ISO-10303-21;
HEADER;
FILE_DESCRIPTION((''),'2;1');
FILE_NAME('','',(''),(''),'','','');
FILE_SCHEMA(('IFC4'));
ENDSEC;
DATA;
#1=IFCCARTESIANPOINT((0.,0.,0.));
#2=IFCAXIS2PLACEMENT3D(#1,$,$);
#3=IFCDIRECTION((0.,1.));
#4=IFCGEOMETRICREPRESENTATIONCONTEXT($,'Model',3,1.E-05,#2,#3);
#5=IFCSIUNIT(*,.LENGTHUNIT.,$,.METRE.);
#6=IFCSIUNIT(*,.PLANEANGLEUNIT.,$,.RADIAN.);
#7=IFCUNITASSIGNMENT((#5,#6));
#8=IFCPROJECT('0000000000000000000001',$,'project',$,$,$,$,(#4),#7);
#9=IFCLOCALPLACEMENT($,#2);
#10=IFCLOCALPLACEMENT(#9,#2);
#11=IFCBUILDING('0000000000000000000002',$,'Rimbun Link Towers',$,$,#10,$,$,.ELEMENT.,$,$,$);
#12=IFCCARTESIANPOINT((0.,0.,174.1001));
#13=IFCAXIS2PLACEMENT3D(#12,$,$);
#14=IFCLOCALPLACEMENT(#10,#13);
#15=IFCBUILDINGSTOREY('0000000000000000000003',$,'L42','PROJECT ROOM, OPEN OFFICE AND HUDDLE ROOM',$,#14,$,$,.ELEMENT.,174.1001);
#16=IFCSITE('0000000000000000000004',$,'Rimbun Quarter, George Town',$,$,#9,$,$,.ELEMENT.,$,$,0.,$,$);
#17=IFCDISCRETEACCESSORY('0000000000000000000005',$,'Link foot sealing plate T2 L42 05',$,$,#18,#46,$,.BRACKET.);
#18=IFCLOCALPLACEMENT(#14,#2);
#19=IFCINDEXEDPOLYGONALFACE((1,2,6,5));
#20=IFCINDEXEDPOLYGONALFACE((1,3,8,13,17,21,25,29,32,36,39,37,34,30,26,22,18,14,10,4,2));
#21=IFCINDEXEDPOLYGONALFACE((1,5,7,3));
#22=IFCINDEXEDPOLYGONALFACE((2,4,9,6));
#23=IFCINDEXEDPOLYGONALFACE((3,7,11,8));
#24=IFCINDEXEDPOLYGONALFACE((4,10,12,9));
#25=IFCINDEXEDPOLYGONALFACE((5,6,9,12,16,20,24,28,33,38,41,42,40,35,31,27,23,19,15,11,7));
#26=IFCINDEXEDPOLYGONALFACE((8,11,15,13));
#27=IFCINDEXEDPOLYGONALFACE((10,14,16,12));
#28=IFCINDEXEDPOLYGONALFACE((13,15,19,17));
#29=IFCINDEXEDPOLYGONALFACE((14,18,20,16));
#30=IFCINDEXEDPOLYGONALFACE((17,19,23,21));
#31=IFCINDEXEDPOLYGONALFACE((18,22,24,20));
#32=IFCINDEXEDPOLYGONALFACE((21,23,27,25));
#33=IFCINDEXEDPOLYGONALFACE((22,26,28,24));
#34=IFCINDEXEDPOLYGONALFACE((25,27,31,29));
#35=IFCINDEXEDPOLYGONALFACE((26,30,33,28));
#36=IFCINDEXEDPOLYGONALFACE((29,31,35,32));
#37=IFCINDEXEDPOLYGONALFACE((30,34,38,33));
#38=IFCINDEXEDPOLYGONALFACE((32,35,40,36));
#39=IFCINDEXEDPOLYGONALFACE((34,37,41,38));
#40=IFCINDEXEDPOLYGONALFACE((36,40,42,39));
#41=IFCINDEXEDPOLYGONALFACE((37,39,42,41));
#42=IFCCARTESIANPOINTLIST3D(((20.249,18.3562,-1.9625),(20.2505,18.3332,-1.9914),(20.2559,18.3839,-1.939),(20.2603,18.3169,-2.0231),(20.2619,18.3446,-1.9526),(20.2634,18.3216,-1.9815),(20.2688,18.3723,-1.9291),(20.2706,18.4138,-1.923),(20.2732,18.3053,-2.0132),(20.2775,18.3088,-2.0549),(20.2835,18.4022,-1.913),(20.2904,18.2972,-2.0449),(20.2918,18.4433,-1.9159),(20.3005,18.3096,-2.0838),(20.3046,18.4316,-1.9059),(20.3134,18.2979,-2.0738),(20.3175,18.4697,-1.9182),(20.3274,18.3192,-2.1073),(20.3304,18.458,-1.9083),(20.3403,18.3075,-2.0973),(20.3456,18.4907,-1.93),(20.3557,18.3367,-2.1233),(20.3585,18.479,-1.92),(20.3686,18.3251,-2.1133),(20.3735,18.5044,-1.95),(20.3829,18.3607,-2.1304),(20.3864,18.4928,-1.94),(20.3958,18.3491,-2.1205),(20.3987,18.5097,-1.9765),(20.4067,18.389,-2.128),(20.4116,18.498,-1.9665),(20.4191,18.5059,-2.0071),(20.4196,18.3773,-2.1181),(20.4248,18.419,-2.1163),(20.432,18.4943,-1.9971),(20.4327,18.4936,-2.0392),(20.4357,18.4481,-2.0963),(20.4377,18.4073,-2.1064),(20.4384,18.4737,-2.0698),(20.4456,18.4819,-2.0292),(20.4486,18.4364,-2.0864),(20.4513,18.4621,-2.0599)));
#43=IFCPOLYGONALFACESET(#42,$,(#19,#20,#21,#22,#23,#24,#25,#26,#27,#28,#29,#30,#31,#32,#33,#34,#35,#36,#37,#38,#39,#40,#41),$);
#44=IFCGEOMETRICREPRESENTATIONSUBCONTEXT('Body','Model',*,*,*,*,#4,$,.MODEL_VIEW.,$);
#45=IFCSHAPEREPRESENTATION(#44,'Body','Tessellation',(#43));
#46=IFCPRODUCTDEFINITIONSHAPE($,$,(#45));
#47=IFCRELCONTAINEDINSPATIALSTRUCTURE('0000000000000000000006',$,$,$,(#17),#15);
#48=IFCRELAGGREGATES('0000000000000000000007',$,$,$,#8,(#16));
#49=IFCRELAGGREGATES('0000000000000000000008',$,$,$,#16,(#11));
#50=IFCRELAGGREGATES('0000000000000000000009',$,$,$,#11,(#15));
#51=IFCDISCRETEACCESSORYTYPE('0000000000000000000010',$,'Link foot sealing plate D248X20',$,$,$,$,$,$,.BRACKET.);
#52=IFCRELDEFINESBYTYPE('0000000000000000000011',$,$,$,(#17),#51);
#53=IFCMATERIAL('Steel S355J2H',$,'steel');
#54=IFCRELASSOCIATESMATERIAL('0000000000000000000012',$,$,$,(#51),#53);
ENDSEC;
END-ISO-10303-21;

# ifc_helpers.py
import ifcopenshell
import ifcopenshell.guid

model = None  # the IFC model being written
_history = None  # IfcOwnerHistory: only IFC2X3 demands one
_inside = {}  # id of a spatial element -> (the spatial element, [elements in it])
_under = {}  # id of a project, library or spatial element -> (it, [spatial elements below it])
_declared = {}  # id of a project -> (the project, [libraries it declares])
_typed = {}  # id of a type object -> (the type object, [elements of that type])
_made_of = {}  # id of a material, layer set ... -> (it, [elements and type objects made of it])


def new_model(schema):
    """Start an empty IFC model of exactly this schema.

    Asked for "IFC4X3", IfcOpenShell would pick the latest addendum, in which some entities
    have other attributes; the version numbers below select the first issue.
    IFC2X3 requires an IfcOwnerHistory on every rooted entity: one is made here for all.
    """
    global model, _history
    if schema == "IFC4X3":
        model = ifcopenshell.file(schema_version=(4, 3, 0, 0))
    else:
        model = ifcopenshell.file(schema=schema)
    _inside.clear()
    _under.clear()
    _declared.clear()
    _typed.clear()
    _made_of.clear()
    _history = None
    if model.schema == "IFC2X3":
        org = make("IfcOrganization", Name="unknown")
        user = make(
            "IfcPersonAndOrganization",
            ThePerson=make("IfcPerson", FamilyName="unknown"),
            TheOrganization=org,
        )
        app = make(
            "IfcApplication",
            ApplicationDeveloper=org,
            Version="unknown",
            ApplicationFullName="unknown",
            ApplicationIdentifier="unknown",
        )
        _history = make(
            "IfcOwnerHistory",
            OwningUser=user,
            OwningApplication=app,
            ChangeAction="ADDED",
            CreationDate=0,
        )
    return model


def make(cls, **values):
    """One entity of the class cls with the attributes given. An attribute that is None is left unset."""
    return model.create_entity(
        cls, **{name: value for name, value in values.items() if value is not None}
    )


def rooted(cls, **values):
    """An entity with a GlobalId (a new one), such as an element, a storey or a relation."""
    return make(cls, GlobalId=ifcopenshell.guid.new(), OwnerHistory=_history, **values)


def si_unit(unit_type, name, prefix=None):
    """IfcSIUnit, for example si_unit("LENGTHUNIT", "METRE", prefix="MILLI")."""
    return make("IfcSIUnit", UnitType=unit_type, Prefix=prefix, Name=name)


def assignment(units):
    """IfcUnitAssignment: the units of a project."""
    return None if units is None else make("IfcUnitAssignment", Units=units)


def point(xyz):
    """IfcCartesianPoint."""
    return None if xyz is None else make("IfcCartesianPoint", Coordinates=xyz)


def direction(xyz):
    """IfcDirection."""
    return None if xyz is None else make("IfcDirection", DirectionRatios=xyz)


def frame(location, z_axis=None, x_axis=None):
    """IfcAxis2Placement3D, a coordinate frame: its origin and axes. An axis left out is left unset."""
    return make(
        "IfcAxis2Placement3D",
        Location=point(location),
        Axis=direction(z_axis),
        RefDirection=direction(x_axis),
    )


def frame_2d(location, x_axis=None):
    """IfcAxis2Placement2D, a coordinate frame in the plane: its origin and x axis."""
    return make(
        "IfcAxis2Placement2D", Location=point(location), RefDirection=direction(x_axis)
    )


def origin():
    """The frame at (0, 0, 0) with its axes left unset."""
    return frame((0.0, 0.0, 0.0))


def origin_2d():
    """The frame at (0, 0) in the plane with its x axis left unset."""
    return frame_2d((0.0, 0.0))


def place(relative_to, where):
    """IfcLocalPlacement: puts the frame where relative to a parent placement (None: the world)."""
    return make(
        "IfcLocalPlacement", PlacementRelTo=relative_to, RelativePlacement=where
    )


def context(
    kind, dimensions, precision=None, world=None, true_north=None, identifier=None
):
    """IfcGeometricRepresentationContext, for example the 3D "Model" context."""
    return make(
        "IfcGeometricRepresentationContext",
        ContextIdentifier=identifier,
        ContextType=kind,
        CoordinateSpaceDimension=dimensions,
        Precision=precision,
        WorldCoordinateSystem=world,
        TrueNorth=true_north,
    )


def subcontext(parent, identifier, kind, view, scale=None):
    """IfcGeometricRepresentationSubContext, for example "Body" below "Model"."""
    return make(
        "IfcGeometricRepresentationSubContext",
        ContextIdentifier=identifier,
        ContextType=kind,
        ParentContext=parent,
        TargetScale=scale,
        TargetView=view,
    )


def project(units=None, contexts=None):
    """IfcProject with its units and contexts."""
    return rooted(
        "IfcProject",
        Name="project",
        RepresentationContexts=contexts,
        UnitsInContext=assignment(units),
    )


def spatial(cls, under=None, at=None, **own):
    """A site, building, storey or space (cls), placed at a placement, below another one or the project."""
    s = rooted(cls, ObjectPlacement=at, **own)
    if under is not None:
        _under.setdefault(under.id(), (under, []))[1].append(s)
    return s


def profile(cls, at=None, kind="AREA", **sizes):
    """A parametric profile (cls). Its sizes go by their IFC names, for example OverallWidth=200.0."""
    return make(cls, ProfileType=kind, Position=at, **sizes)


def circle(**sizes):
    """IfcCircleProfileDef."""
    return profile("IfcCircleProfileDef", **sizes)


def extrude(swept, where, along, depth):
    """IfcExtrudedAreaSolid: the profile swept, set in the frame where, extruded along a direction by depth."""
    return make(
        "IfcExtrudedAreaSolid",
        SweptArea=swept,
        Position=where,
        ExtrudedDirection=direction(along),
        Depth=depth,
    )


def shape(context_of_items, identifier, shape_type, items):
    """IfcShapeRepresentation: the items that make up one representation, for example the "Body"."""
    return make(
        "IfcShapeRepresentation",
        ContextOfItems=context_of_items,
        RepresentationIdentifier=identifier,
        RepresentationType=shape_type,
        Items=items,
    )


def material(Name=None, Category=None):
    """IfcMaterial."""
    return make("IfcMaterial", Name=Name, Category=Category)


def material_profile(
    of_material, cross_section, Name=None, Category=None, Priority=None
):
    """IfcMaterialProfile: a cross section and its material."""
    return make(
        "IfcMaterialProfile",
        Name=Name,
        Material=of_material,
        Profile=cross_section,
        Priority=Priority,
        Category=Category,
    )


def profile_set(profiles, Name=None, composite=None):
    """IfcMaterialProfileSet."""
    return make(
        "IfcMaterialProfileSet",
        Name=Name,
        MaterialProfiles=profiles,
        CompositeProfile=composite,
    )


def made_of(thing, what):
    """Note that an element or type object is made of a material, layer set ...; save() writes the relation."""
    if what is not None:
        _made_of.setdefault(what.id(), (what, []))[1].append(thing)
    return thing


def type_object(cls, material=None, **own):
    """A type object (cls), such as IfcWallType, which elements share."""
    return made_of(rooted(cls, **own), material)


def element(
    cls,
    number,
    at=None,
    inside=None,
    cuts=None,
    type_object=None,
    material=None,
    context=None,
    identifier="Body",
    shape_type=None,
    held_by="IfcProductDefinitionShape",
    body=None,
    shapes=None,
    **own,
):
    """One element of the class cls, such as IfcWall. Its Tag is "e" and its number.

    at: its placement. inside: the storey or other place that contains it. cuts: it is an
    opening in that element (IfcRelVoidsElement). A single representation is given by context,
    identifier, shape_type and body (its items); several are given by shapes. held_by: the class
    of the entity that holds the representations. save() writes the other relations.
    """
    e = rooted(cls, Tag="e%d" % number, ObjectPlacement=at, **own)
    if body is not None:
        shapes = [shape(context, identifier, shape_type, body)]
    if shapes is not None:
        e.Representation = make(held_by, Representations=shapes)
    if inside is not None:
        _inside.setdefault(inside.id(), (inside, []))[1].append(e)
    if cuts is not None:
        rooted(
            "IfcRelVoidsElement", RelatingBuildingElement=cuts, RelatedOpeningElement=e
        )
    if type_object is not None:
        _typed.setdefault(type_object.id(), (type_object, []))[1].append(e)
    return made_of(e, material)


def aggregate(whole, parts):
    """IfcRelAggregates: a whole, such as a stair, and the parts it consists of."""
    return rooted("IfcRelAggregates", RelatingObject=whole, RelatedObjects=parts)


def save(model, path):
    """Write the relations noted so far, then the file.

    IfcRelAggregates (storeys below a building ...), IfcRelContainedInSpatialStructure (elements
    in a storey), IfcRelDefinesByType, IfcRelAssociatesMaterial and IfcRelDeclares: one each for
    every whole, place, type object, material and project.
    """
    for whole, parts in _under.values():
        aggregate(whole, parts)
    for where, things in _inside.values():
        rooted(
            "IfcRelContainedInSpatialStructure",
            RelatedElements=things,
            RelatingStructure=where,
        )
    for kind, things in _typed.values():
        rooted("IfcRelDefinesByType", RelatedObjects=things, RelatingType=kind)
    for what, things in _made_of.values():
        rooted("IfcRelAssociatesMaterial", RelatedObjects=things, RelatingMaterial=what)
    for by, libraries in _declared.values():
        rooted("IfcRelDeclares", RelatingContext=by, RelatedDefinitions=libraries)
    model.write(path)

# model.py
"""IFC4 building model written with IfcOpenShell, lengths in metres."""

from ifc_helpers import new_model, si_unit, direction, frame, origin, origin_2d, place, context, subcontext, project, spatial, circle, extrude, material, material_profile, profile_set, type_object, element, save


model = new_model("IFC4")

# Units and contexts
model_context = context("Model", 3, precision=1e-05, world=origin(), true_north=direction((0.0, 1.0)))
body_context = subcontext(model_context, "Body", "Model", "MODEL_VIEW")
ifc_project = project(units=[si_unit("LENGTHUNIT", "METRE"), si_unit("PLANEANGLEUNIT", "RADIAN")], contexts=[model_context])

# Site, building, storey
site_placement = place(None, origin())
site = spatial("IfcSite", under=ifc_project, at=site_placement, Name="Rimbun Quarter, George Town", CompositionType="ELEMENT", RefElevation=0.0)
building_placement = place(site_placement, origin())
building = spatial("IfcBuilding", under=site, at=building_placement, Name="Rimbun Link Towers", CompositionType="ELEMENT")
storey_placement = place(building_placement, frame((0.0, 0.0, 174.1001)))
storey = spatial("IfcBuildingStorey", under=building, at=storey_placement, Name="L42", Description="PROJECT ROOM, OPEN OFFICE AND HUDDLE ROOM", CompositionType="ELEMENT", Elevation=174.1001)

# Discrete accessory
ifc_material_1 = material(Name="Steel S355J2H", Category="steel")
ifc_material_profile_1 = material_profile(ifc_material_1, circle(Radius=0.124, at=origin_2d()), Name="PL D248")
ifc_profile_set_1 = profile_set([ifc_material_profile_1], Name="Steel S355J2H")
discrete_accessory_type = type_object("IfcDiscreteAccessoryType", Name="Link foot sealing plate D248X20", PredefinedType="BRACKET", material=ifc_profile_set_1)
discrete_accessory_placement = place(storey_placement, frame((20.3564, 18.3972, -2.0132), z_axis=(-0.643003, 0.582342, -0.497418), x_axis=(-0.671279, -0.741204, 0.0)))
element("IfcDiscreteAccessory", 1, at=discrete_accessory_placement, inside=storey, type_object=discrete_accessory_type, Name="Link foot sealing plate T2 L42 05", PredefinedType="BRACKET", context=body_context, shape_type="SweptSolid", body=[
    extrude(circle(Radius=0.124, at=origin_2d()), origin(), (0.0, 0.0, 1.0), 0.02),
])

save(model, "model.ifc")
